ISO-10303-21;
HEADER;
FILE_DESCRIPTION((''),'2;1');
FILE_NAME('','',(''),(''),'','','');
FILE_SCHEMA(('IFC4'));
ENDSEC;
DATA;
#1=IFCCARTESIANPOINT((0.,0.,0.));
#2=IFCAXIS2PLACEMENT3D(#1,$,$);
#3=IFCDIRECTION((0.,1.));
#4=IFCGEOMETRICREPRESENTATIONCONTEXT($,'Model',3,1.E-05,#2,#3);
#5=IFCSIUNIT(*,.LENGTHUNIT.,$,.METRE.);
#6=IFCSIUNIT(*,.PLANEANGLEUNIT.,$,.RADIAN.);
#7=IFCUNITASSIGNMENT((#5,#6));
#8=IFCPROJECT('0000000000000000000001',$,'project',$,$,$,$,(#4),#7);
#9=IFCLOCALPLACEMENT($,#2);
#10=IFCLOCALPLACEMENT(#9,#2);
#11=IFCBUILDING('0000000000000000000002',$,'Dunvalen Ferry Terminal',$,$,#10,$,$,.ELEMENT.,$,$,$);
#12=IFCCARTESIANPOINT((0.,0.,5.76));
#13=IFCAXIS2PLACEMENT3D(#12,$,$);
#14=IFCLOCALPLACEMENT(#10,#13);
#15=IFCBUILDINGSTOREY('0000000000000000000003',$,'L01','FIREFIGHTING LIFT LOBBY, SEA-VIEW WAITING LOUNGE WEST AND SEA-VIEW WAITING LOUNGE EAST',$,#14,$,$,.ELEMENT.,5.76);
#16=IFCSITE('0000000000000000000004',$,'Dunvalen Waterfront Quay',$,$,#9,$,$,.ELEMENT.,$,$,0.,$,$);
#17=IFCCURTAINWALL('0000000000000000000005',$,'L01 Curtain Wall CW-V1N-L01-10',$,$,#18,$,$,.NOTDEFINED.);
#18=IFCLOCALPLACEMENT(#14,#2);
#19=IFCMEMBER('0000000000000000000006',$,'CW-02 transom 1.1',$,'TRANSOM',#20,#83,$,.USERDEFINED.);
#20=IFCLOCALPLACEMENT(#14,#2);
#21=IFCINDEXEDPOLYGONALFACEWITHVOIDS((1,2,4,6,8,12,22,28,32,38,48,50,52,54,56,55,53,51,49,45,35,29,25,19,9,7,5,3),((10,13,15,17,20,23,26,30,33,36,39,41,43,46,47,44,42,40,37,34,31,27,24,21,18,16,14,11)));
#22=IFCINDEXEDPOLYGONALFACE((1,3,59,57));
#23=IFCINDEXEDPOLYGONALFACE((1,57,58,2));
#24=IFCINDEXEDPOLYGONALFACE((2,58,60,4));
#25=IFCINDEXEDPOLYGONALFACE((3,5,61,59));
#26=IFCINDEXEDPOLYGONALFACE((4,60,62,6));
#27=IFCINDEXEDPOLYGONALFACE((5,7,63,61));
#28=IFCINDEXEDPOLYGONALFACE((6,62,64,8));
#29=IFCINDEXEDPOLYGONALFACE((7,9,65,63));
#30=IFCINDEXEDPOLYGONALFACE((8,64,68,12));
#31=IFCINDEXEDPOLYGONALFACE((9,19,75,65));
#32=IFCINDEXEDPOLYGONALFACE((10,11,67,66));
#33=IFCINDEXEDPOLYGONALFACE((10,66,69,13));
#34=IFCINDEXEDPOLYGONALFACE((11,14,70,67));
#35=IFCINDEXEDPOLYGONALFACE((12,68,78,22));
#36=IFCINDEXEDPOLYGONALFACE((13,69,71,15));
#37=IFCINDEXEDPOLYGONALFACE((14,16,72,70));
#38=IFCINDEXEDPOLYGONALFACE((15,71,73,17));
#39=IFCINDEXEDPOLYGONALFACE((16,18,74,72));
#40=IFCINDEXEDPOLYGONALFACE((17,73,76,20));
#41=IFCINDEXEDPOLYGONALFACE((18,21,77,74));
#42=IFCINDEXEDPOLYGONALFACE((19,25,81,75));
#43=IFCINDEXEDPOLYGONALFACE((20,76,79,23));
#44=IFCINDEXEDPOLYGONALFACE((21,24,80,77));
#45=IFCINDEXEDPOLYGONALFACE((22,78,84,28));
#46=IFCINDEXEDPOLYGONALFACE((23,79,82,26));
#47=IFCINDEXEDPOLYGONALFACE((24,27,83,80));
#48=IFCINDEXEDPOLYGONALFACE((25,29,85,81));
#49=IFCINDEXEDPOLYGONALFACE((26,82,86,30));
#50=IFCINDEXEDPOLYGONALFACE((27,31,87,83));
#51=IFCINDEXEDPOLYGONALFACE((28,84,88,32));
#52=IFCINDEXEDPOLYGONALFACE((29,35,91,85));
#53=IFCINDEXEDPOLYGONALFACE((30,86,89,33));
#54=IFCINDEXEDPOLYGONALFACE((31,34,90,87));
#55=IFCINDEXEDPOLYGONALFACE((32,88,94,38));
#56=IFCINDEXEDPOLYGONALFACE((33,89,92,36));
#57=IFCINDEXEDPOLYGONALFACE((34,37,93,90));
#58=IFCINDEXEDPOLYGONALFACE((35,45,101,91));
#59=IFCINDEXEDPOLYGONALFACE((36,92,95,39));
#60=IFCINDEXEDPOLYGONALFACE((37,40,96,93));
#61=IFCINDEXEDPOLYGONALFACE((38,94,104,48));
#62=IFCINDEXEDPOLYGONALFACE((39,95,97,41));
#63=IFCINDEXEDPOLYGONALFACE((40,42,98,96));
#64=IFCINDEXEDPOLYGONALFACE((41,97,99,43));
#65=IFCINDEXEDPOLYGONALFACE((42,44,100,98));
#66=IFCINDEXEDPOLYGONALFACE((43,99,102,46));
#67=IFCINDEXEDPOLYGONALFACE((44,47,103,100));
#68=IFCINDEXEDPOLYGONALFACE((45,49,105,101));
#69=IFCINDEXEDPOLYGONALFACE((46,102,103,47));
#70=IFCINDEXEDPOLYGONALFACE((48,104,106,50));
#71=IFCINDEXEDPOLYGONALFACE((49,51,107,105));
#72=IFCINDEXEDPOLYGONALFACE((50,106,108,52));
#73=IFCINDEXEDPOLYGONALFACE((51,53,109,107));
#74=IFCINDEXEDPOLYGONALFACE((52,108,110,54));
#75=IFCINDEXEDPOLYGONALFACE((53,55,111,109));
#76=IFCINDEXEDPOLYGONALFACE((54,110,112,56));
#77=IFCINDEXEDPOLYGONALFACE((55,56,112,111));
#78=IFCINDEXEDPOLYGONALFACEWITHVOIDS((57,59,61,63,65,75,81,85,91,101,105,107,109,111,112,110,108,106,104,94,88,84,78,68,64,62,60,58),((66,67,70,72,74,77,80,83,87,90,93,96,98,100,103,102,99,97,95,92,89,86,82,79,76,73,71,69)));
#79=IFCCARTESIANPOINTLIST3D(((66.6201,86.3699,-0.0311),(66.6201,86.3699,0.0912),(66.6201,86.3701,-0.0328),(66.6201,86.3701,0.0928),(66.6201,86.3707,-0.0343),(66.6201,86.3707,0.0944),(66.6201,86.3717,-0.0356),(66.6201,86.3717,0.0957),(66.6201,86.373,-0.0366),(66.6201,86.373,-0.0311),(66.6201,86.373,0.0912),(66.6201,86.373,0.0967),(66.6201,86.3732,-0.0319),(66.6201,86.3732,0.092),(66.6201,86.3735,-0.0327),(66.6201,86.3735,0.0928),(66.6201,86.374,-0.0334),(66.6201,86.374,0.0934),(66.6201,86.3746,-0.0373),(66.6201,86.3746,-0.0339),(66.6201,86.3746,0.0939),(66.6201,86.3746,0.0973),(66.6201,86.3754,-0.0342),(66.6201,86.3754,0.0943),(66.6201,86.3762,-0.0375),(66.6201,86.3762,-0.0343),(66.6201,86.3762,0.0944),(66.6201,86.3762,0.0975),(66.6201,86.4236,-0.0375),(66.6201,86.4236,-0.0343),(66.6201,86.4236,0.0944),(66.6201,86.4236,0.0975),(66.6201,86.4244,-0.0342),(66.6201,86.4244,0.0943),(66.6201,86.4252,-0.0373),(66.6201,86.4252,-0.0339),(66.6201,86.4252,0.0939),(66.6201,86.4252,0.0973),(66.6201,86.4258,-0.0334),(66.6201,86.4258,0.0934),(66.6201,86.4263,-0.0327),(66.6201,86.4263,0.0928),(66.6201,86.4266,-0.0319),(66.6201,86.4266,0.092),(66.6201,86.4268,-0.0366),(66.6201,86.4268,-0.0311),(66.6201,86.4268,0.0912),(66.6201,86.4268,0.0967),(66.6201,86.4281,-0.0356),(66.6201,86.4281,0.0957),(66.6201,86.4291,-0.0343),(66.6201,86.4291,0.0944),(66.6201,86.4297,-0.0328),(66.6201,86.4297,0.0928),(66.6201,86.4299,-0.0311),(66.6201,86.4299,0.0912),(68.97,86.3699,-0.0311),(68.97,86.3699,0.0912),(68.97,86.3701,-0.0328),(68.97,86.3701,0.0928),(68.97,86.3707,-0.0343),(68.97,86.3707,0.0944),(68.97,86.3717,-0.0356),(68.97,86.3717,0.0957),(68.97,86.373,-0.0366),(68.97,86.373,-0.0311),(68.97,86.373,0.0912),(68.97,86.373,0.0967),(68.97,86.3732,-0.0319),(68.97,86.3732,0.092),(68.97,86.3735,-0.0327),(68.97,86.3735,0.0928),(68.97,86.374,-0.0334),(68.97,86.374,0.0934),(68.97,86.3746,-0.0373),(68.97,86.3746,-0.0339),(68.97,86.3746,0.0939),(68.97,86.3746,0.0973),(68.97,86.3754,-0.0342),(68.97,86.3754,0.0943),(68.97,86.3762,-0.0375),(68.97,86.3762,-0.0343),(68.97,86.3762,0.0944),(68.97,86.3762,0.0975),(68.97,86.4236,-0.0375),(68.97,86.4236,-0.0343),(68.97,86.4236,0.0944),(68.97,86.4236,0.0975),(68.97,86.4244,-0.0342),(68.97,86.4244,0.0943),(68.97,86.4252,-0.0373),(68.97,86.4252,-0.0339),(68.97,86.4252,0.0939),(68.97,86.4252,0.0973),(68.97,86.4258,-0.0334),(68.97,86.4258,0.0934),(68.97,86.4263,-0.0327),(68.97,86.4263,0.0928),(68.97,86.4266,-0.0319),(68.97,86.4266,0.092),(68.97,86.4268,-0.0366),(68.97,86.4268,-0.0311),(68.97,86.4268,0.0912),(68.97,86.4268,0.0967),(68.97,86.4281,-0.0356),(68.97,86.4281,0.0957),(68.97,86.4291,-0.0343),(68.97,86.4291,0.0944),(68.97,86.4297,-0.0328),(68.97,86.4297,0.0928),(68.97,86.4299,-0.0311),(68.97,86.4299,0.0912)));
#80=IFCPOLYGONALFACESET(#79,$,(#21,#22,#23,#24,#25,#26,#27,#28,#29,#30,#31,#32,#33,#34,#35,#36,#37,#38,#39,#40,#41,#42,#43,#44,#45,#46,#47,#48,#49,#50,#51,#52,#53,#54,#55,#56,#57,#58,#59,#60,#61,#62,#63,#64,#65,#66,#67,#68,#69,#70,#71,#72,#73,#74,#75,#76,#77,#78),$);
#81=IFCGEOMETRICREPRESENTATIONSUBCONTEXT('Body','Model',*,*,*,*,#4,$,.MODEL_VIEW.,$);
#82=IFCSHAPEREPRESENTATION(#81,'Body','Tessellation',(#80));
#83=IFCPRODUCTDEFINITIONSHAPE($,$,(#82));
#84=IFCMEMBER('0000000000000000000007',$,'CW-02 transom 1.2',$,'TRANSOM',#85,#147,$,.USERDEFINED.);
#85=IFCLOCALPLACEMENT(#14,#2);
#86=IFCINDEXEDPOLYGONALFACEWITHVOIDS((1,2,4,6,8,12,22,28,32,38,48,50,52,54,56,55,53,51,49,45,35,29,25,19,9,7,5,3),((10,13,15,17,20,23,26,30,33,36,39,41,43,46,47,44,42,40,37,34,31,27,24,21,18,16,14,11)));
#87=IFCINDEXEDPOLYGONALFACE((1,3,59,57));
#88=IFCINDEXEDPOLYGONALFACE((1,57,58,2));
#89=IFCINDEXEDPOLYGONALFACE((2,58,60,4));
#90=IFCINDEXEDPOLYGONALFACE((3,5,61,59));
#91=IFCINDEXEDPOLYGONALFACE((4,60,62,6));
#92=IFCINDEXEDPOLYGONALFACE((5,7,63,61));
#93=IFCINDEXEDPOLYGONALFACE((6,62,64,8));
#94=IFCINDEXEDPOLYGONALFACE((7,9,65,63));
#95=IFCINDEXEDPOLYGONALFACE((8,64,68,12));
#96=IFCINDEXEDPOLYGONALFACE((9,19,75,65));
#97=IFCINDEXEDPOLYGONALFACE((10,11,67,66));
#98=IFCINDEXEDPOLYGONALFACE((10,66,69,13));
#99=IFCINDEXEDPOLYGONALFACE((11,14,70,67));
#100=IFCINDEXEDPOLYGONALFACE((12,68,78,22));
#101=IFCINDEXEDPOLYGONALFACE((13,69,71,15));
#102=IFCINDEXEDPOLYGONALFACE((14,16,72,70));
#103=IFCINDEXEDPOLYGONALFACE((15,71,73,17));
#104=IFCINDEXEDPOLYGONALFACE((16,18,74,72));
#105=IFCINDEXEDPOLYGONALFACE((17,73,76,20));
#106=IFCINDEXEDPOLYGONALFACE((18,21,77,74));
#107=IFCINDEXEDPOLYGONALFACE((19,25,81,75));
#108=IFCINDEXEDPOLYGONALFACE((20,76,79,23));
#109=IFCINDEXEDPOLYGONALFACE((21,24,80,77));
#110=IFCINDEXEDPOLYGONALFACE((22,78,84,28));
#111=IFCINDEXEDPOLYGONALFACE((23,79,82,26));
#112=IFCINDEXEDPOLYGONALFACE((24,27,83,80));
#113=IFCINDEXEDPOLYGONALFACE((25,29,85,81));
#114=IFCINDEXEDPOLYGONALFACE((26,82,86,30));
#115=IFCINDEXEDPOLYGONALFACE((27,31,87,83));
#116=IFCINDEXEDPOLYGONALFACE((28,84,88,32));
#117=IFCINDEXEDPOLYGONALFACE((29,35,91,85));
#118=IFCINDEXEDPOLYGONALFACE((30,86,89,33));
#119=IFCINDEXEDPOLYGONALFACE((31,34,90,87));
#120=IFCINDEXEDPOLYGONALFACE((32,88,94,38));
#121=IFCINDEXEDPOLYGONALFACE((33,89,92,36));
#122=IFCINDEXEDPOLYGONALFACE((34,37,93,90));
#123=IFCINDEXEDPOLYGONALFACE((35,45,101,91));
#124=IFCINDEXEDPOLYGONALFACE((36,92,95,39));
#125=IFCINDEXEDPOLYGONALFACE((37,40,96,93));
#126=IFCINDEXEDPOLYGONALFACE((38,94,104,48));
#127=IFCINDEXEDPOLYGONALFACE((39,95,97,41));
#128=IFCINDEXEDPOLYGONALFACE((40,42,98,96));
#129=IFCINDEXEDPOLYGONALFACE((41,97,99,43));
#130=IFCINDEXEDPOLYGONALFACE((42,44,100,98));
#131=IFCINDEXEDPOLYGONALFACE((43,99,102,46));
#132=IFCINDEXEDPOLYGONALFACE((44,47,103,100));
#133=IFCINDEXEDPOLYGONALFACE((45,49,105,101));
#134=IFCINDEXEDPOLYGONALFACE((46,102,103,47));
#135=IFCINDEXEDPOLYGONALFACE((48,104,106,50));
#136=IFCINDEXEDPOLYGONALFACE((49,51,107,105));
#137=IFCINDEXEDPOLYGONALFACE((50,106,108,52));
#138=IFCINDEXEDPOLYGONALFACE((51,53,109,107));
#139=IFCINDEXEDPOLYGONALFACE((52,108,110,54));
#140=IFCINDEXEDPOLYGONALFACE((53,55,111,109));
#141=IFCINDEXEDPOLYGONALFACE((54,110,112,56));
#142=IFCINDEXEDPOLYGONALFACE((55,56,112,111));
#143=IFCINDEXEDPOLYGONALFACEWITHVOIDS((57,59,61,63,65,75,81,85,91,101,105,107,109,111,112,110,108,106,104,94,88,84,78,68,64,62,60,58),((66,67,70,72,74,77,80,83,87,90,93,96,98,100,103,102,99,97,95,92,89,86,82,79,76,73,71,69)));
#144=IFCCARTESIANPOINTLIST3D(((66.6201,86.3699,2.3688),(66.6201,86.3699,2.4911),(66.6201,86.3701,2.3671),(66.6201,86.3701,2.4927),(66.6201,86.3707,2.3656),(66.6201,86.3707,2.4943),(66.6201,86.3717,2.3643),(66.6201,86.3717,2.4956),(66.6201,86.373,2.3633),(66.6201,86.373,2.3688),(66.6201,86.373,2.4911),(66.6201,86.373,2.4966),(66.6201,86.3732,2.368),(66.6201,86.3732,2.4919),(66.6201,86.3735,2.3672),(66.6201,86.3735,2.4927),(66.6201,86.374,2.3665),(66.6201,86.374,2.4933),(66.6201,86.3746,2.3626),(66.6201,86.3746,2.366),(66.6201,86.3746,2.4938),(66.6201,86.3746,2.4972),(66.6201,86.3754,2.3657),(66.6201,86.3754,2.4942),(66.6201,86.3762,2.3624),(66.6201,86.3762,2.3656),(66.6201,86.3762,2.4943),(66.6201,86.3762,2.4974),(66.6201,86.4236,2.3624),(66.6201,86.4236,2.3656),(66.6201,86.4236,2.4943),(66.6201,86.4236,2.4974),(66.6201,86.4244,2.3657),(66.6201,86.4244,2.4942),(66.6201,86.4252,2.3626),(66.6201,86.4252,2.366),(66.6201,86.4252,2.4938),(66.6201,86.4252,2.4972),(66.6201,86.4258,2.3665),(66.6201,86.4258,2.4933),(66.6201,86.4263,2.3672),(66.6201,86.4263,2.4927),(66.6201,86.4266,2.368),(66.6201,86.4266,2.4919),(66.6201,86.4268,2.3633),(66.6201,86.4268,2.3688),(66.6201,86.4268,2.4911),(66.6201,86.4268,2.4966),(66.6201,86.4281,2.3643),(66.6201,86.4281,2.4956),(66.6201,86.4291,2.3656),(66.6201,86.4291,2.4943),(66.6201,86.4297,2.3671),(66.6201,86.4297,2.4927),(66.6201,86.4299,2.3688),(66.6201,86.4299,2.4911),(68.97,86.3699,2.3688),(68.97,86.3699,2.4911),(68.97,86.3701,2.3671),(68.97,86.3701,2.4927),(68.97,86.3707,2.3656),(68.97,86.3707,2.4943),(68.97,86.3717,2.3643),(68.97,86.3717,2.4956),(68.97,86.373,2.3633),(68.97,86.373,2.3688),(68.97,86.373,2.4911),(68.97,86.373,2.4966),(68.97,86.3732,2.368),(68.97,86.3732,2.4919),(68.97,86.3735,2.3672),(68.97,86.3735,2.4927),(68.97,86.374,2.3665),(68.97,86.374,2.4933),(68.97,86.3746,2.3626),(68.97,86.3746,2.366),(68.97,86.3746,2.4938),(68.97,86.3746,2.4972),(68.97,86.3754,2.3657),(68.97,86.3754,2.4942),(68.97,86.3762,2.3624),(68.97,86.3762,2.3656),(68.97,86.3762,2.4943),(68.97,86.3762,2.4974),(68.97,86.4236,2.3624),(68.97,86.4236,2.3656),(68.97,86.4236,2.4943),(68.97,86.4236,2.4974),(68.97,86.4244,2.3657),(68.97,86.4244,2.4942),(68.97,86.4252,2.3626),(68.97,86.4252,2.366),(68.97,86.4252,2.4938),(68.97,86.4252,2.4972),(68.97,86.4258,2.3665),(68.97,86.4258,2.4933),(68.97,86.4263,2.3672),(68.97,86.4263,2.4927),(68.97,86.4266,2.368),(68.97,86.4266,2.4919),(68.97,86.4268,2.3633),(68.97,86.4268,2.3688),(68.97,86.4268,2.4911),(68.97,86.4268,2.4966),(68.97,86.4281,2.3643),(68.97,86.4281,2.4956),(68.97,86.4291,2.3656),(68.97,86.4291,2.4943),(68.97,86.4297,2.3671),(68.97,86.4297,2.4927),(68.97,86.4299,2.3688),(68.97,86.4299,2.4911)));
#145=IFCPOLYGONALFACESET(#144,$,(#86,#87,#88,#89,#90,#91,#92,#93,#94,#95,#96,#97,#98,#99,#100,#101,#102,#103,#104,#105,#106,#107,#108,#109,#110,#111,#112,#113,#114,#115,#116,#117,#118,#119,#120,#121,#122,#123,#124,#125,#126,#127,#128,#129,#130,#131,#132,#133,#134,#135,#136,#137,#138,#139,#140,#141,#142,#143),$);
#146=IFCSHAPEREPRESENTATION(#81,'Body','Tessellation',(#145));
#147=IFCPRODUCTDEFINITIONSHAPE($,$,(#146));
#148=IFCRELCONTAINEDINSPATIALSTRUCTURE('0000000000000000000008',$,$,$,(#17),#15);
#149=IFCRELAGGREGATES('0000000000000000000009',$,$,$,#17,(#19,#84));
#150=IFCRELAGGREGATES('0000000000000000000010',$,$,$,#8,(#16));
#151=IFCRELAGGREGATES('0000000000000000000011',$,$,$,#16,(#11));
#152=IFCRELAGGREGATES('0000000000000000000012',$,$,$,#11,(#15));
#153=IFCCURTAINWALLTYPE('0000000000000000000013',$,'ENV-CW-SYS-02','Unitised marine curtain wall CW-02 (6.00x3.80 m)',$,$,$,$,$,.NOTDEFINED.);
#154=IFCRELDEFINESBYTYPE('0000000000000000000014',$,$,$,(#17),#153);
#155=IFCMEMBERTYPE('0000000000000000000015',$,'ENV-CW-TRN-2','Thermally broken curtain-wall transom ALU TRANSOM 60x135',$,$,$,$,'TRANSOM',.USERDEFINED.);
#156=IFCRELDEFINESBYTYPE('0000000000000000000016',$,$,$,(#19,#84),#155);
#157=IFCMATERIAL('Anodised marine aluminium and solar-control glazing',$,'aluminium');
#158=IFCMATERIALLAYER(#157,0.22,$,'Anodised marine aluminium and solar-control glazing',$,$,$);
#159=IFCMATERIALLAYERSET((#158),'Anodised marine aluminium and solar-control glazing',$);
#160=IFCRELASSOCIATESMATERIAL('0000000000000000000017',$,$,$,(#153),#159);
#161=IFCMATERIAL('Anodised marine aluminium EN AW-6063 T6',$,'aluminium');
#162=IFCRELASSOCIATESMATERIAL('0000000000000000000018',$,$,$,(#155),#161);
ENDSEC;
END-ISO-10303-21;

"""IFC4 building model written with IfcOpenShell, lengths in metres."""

from ifc_helpers import new_model, si_unit, direction, frame, origin, origin_2d, place, context, subcontext, project, spatial, hollow_rectangle, extrude, material, layer, layer_set, material_profile, profile_set, type_object, element, aggregate, save


model = new_model("IFC4")

# Units and contexts
model_context = context("Model", 3, precision=1e-05, world=origin(), true_north=direction((0.0, 1.0)))
body_context = subcontext(model_context, "Body", "Model", "MODEL_VIEW")
ifc_project = project(units=[si_unit("LENGTHUNIT", "METRE"), si_unit("PLANEANGLEUNIT", "RADIAN")], contexts=[model_context])

# Site, building, storey
site_placement = place(None, origin())
site = spatial("IfcSite", under=ifc_project, at=site_placement, Name="Dunvalen Waterfront Quay", CompositionType="ELEMENT", RefElevation=0.0)
building_placement = place(site_placement, origin())
building = spatial("IfcBuilding", under=site, at=building_placement, Name="Dunvalen Ferry Terminal", CompositionType="ELEMENT")
storey_placement = place(building_placement, frame((0.0, 0.0, 5.76)))
storey = spatial("IfcBuildingStorey", under=building, at=storey_placement, Name="L01", Description="FIREFIGHTING LIFT LOBBY, SEA-VIEW WAITING LOUNGE WEST AND SEA-VIEW WAITING LOUNGE EAST", CompositionType="ELEMENT", Elevation=5.76)

# Curtain wall, members
ifc_material_1 = material(Name="Anodised marine aluminium and solar-control glazing", Category="aluminium")
ifc_layer_1 = layer(ifc_material_1, 0.22, Name="Anodised marine aluminium and solar-control glazing")
ifc_layer_set_1 = layer_set([ifc_layer_1], Name="Anodised marine aluminium and solar-control glazing")
curtain_wall_type = type_object("IfcCurtainWallType", Name="ENV-CW-SYS-02", Description="Unitised marine curtain wall CW-02 (6.00x3.80 m)", PredefinedType="NOTDEFINED", material=ifc_layer_set_1)
curtain_wall_placement = place(storey_placement, origin())
curtain_wall = element("IfcCurtainWall", 1, at=curtain_wall_placement, inside=storey, type_object=curtain_wall_type, Name="L01 Curtain Wall CW-V1N-L01-10", PredefinedType="NOTDEFINED")
ifc_material_2 = material(Name="Anodised marine aluminium EN AW-6063 T6", Category="aluminium")
ifc_material_profile_1 = material_profile(ifc_material_2, hollow_rectangle(XDim=0.0601, YDim=0.135, WallThickness=0.0032, InnerFilletRadius=0.0032, OuterFilletRadius=0.0063, at=origin_2d()), Name="Anodised marine aluminium EN AW-6063 T6")
ifc_profile_set_1 = profile_set([ifc_material_profile_1], Name="Anodised marine aluminium EN AW-6063 T6")
member_type_1 = type_object("IfcMemberType", Name="ENV-CW-TRN-2", Description="Thermally broken curtain-wall transom ALU TRANSOM 60x135", ElementType="TRANSOM", PredefinedType="USERDEFINED", material=ifc_profile_set_1)
member_1_placement = place(storey_placement, frame((66.6201, 86.3999, 0.03), z_axis=(1.0, 0.0, 0.0), x_axis=(0.0, 1.0, 0.0)))
member_1 = element("IfcMember", 2, at=member_1_placement, type_object=member_type_1, Name="CW-02 transom 1.1", ObjectType="TRANSOM", PredefinedType="USERDEFINED", context=body_context, shape_type="SweptSolid", body=[
    extrude(hollow_rectangle(XDim=0.0601, YDim=0.135, WallThickness=0.0032, InnerFilletRadius=0.0032, OuterFilletRadius=0.0063, at=origin_2d()), origin(), (0.0, 0.0, 1.0), 2.3499),
])
member_2_placement = place(storey_placement, frame((66.6201, 86.3999, 2.4299), z_axis=(1.0, 0.0, 0.0), x_axis=(0.0, 1.0, 0.0)))
member_2 = element("IfcMember", 3, at=member_2_placement, type_object=member_type_1, Name="CW-02 transom 1.2", ObjectType="TRANSOM", PredefinedType="USERDEFINED", context=body_context, shape_type="SweptSolid", body=[
    extrude(hollow_rectangle(XDim=0.0601, YDim=0.135, WallThickness=0.0032, InnerFilletRadius=0.0032, OuterFilletRadius=0.0063, at=origin_2d()), origin(), (0.0, 0.0, 1.0), 2.3499),
])

aggregate(curtain_wall, [member_1, member_2])

save(model, "model.ifc")
